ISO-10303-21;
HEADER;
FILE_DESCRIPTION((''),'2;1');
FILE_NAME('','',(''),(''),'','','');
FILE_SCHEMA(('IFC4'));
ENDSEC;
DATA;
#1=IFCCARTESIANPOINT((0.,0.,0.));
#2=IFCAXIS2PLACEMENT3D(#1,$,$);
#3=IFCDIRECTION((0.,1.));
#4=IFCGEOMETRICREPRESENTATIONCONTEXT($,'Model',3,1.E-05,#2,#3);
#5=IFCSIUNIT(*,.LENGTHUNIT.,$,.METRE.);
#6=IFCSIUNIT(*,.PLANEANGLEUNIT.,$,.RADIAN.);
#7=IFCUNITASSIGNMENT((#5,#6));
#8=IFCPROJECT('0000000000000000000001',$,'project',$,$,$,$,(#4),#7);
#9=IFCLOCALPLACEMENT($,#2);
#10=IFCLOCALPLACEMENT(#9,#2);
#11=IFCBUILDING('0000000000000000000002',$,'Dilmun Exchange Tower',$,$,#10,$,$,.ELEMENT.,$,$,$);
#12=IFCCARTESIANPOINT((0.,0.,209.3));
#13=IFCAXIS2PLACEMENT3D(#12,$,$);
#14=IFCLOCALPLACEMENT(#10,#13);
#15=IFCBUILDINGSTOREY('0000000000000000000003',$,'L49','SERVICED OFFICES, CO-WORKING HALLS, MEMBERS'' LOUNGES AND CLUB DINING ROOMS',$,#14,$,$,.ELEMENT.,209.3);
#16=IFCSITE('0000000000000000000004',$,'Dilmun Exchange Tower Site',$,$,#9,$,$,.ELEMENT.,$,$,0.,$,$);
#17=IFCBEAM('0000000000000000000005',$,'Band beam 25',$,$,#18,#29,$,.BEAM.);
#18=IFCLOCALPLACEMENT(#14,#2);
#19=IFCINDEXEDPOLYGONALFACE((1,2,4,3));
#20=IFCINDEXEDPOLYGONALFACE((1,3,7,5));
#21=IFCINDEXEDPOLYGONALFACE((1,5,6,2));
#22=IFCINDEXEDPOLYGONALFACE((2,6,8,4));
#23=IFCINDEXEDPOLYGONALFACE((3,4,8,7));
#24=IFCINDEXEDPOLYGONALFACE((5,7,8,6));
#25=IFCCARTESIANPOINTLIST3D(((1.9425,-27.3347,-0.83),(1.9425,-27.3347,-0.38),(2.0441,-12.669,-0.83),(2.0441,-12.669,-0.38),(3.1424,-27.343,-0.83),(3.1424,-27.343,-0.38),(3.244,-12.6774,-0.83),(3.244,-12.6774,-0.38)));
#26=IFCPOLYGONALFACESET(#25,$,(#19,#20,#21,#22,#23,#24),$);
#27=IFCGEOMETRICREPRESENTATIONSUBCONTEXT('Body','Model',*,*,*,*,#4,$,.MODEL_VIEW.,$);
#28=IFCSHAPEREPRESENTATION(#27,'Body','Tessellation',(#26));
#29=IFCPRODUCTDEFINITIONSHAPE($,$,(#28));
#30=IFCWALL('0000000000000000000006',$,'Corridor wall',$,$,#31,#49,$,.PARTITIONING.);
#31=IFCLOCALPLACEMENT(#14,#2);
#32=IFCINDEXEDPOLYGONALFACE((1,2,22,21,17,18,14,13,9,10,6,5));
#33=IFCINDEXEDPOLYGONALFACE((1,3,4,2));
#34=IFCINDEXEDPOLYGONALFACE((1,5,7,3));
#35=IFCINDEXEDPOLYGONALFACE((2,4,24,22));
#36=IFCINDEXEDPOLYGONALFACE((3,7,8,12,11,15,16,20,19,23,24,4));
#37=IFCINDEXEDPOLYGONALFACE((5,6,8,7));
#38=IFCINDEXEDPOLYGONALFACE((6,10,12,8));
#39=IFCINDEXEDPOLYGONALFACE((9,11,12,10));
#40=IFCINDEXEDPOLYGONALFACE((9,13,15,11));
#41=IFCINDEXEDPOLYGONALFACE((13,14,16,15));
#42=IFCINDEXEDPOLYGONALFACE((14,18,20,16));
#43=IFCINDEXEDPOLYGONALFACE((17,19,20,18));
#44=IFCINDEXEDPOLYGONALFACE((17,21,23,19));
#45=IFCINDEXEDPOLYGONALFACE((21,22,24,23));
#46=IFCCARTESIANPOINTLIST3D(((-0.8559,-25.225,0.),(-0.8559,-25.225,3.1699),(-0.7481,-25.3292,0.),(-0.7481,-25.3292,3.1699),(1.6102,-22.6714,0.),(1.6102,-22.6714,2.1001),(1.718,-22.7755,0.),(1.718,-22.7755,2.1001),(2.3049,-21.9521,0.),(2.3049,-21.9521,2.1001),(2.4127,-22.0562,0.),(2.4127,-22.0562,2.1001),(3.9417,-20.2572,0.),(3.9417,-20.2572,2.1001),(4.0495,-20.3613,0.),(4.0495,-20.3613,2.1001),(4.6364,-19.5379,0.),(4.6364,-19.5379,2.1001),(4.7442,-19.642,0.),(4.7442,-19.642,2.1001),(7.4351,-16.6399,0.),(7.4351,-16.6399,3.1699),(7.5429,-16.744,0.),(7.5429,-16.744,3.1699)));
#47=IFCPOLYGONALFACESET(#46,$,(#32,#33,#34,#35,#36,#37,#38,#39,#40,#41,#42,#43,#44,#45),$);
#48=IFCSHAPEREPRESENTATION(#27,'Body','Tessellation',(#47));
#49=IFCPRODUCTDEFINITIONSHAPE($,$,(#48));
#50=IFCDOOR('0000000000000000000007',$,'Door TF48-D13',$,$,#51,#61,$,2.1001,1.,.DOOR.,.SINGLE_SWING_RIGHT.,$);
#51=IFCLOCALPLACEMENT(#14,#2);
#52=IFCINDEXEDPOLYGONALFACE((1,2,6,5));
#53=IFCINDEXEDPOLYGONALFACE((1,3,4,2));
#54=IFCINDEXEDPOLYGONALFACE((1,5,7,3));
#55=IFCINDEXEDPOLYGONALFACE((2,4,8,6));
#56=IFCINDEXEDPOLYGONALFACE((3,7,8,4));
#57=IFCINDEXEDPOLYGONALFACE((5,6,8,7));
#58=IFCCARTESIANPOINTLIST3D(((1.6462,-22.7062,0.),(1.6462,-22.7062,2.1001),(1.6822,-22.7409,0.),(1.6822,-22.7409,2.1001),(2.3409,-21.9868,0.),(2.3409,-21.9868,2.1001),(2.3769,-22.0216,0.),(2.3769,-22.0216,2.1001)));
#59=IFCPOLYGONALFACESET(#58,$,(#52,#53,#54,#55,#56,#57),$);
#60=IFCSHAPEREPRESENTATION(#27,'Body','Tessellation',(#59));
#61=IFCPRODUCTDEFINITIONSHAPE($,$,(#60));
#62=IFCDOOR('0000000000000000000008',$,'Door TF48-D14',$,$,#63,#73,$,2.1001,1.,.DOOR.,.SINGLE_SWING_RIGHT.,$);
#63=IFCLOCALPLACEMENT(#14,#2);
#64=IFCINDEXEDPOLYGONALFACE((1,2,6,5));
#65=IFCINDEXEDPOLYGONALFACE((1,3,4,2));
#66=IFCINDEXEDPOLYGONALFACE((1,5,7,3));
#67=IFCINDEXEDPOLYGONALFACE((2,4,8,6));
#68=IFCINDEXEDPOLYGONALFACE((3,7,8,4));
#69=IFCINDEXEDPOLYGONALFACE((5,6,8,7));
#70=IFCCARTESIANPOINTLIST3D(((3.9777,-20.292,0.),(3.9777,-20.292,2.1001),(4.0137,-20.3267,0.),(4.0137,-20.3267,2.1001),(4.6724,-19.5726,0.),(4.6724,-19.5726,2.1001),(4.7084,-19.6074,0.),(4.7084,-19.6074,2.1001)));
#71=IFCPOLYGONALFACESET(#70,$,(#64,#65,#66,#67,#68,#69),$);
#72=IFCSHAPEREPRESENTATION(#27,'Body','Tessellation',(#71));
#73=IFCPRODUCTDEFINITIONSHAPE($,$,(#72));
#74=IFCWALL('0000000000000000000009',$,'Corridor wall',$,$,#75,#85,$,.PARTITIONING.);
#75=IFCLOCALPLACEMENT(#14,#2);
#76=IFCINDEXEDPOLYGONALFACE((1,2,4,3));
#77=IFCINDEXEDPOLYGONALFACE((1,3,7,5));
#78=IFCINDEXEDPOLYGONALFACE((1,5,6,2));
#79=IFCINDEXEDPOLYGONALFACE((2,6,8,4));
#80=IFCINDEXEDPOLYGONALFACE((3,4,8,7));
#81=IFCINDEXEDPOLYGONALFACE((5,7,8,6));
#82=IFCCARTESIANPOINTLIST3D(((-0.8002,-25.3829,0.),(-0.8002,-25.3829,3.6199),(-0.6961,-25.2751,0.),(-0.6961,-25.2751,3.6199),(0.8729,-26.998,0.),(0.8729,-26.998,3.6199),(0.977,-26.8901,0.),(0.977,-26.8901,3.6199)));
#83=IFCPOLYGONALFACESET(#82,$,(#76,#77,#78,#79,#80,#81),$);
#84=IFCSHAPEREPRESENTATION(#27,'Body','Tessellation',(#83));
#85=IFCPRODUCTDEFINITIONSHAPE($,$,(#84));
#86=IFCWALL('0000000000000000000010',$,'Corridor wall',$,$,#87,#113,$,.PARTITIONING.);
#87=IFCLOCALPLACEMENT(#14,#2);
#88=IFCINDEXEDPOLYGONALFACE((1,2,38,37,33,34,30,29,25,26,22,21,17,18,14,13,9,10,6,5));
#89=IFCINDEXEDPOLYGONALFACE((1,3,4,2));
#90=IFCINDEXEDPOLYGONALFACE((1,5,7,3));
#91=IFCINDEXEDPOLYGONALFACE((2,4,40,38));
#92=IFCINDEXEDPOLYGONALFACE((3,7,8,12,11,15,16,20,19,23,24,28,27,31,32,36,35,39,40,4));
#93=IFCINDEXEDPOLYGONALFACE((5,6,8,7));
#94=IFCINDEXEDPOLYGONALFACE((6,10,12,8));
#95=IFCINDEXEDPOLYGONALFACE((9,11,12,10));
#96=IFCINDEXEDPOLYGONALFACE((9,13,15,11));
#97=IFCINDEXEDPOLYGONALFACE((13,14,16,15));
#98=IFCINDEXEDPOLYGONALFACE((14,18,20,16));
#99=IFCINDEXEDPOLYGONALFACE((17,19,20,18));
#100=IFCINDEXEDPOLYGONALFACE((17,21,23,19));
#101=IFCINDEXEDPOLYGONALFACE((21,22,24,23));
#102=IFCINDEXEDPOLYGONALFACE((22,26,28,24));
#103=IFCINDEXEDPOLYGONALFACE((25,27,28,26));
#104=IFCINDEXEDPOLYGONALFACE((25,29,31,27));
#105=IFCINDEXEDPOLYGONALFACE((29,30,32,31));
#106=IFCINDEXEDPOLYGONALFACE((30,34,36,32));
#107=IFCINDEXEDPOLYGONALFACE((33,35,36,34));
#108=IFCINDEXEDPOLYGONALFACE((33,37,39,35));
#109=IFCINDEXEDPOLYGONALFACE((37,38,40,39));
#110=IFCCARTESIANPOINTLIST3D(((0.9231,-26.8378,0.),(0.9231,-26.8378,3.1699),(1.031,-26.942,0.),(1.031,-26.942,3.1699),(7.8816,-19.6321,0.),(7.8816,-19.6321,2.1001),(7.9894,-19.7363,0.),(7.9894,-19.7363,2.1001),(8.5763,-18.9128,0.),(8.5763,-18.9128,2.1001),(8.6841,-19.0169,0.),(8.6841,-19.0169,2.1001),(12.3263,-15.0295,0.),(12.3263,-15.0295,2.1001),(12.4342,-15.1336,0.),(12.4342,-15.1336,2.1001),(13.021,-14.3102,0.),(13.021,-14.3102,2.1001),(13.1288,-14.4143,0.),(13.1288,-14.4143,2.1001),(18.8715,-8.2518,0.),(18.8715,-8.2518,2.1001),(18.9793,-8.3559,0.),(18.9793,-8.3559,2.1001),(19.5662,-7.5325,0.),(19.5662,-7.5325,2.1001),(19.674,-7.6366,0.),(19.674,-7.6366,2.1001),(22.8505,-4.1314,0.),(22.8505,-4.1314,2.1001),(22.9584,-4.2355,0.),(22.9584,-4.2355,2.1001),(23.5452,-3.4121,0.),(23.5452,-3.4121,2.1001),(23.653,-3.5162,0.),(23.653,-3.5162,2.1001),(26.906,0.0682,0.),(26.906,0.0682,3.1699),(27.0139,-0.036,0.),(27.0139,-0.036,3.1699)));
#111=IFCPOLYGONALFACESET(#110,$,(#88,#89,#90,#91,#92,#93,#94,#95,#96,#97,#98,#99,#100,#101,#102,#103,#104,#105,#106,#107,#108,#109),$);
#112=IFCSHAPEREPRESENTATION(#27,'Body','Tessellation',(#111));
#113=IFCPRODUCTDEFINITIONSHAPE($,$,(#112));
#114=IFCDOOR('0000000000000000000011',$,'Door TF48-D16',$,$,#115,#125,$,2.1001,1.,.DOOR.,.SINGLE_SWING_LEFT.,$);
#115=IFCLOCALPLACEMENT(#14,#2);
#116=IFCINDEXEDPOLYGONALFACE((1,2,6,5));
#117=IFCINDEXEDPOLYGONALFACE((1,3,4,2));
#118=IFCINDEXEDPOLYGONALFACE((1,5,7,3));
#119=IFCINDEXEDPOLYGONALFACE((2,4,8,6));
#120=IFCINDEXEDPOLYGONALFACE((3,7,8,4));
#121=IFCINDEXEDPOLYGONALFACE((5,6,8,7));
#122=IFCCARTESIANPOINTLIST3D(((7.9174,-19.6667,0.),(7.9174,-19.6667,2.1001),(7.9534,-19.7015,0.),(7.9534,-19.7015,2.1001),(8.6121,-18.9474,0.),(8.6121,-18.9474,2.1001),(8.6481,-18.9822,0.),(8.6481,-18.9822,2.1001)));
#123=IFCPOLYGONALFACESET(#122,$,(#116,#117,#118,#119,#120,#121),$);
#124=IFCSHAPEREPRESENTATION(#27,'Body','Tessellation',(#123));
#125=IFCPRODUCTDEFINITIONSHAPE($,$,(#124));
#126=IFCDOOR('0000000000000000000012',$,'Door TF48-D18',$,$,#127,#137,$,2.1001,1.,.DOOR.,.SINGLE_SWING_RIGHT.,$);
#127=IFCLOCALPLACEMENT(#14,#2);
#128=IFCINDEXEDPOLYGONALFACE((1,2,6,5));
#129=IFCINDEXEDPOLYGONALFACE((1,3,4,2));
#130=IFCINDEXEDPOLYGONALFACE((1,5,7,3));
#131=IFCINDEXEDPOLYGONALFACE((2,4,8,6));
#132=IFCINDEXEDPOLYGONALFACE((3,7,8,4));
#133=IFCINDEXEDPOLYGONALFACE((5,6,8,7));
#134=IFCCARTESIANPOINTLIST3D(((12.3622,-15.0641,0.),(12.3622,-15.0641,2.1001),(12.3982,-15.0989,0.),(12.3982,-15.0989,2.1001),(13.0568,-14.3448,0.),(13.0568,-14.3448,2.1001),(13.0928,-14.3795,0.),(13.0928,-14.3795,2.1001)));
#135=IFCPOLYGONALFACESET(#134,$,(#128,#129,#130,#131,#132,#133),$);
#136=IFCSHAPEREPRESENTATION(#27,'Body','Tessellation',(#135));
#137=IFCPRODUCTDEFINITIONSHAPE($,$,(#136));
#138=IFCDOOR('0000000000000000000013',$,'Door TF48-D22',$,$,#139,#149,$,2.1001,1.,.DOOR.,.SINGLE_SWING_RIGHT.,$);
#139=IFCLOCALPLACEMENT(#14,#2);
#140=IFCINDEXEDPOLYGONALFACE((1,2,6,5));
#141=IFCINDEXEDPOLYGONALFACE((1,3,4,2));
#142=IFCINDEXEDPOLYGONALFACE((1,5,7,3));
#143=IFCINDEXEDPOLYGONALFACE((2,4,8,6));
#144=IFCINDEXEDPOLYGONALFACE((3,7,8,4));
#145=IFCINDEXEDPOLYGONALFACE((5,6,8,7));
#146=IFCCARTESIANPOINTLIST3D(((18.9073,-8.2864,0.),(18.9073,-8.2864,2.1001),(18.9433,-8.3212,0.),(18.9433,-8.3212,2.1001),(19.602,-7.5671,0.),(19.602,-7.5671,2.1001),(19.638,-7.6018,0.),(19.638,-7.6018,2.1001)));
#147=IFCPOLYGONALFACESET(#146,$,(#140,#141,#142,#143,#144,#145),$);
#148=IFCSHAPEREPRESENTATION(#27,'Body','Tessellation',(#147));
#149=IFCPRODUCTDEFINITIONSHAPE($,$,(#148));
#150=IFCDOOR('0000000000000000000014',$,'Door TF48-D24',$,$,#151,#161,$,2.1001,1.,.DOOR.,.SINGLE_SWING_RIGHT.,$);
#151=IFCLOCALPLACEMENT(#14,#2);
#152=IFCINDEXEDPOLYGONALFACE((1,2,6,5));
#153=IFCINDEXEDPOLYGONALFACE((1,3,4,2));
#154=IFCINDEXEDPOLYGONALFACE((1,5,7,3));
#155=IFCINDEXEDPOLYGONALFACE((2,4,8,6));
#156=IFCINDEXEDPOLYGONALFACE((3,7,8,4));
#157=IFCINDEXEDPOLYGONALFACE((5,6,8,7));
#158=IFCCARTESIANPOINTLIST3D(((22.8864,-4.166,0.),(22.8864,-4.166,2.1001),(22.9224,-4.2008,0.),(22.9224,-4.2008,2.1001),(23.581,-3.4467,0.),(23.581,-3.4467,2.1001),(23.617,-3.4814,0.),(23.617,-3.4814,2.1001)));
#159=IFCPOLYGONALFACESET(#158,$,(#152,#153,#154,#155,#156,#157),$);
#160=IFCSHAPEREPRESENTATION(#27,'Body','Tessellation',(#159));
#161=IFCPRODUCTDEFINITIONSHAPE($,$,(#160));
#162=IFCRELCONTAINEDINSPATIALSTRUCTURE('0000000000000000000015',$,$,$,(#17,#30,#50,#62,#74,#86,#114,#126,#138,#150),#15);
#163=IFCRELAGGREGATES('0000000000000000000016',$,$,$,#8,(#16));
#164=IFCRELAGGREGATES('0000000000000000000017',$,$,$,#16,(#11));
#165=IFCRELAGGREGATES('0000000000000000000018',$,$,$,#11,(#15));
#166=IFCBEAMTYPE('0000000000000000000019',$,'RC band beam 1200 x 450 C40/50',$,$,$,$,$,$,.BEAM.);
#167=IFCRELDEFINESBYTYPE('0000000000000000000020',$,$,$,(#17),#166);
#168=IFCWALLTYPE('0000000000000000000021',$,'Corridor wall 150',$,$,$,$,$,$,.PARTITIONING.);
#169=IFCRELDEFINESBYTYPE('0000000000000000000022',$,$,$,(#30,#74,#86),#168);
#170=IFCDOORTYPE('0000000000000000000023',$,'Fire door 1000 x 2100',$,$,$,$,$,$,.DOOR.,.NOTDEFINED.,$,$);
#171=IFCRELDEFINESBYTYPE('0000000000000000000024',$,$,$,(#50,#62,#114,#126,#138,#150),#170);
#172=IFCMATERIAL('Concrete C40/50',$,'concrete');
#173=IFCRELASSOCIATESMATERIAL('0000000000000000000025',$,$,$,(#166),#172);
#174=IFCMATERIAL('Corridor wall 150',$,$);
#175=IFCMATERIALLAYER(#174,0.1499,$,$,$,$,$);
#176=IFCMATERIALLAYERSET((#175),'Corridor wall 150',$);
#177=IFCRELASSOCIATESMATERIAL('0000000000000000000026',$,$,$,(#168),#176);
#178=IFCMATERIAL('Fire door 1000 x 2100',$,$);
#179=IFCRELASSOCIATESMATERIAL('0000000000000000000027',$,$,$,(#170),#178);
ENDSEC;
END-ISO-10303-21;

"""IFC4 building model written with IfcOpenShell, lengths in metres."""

from ifc_helpers import new_model, si_unit, direction, frame, frame_2d, origin, origin_2d, place, context, subcontext, project, spatial, rectangle, extrude, material, layer, layer_set, material_profile, profile_set, type_object, element, fill, save


model = new_model("IFC4")

# Units and contexts
model_context = context("Model", 3, precision=1e-05, world=origin(), true_north=direction((0.0, 1.0)))
body_context = subcontext(model_context, "Body", "Model", "MODEL_VIEW")
ifc_project = project(units=[si_unit("LENGTHUNIT", "METRE"), si_unit("PLANEANGLEUNIT", "RADIAN")], contexts=[model_context])

# Site, building, storey
site_placement = place(None, origin())
site = spatial("IfcSite", under=ifc_project, at=site_placement, Name="Dilmun Exchange Tower Site", CompositionType="ELEMENT", RefElevation=0.0)
building_placement = place(site_placement, origin())
building = spatial("IfcBuilding", under=site, at=building_placement, Name="Dilmun Exchange Tower", CompositionType="ELEMENT")
storey_placement = place(building_placement, frame((0.0, 0.0, 209.3)))
storey = spatial("IfcBuildingStorey", under=building, at=storey_placement, Name="L49", Description="SERVICED OFFICES, CO-WORKING HALLS, MEMBERS' LOUNGES AND CLUB DINING ROOMS", CompositionType="ELEMENT", Elevation=209.3)

# Beam
ifc_material_1 = material(Name="Concrete C40/50", Category="concrete")
ifc_material_profile = material_profile(ifc_material_1, rectangle(XDim=1.2, YDim=0.45, at=origin_2d()), Name="1200 x 450")
ifc_profile_set = profile_set([ifc_material_profile], Name="Concrete C40/50")
beam_type = type_object("IfcBeamType", Name="RC band beam 1200 x 450 C40/50", PredefinedType="BEAM", material=ifc_profile_set)
beam_placement = place(storey_placement, frame((2.5425, -27.3389, -0.605), z_axis=(0.006925, 0.999976, 0.0), x_axis=(-0.999976, 0.006925, 0.0)))
element("IfcBeam", 1, at=beam_placement, inside=storey, type_object=beam_type, Name="Band beam 25", PredefinedType="BEAM", context=body_context, shape_type="SweptSolid", body=[
    extrude(rectangle(XDim=1.2, YDim=0.45, at=origin_2d()), origin(), (0.0, 0.0, 1.0), 14.666),
])

# Wall, openings, doors
ifc_material_2 = material(Name="Corridor wall 150")
ifc_layer = layer(ifc_material_2, 0.1499)
ifc_layer_set = layer_set([ifc_layer], Name="Corridor wall 150")
wall_type = type_object("IfcWallType", Name="Corridor wall 150", PredefinedType="PARTITIONING", material=ifc_layer_set)
wall_1_placement = place(storey_placement, frame((-0.802, -25.2771, 0.0), z_axis=(0.0, 0.0, 1.0), x_axis=(0.694675, 0.719324, 0.0)))
wall_1 = element("IfcWall", 2, at=wall_1_placement, inside=storey, type_object=wall_type, Name="Corridor wall", PredefinedType="PARTITIONING", context=body_context, shape_type="SweptSolid", body=[
    extrude(rectangle(XDim=11.9351, YDim=0.1499, at=frame_2d((5.9675, 0.0))), origin(), (0.0, 0.0, 1.0), 3.1699),
])
opening_1_placement = place(wall_1_placement, frame((3.55, 0.0, 0.0)))
opening_1 = element("IfcOpeningElement", 3, at=opening_1_placement, cuts=wall_1, PredefinedType="OPENING", context=body_context, shape_type="SweptSolid", body=[
    extrude(rectangle(XDim=1.0, YDim=2.1001, at=frame_2d((0.5, 1.05))), frame((0.0, 0.085, 0.0), z_axis=(0.0, -1.0, 0.0), x_axis=(1.0, 0.0, 0.0)), (0.0, 0.0, 1.0), 0.1699),
])
opening_2_placement = place(wall_1_placement, frame((6.9062, 0.0, 0.0)))
opening_2 = element("IfcOpeningElement", 4, at=opening_2_placement, cuts=wall_1, PredefinedType="OPENING", context=body_context, shape_type="SweptSolid", body=[
    extrude(rectangle(XDim=1.0, YDim=2.1001, at=frame_2d((0.5, 1.05))), frame((0.0, 0.085, 0.0), z_axis=(0.0, -1.0, 0.0), x_axis=(1.0, 0.0, 0.0)), (0.0, 0.0, 1.0), 0.1699),
])
ifc_material_3 = material(Name="Fire door 1000 x 2100")
door_type = type_object("IfcDoorType", Name="Fire door 1000 x 2100", OperationType="NOTDEFINED", PredefinedType="DOOR", material=ifc_material_3)
door_1_placement = place(opening_1_placement, origin())
door_1 = element("IfcDoor", 5, at=door_1_placement, inside=storey, type_object=door_type, Name="Door TF48-D13", OperationType="SINGLE_SWING_RIGHT", OverallHeight=2.1001, OverallWidth=1.0, PredefinedType="DOOR", context=body_context, shape_type="SweptSolid", body=[
    extrude(rectangle(XDim=1.0, YDim=2.1001, at=frame_2d((0.5, 1.05))), frame((0.0, 0.0249, 0.0), z_axis=(0.0, -1.0, 0.0), x_axis=(1.0, 0.0, 0.0)), (0.0, 0.0, 1.0), 0.05),
])
fill(opening_1, door_1)
door_2_placement = place(opening_2_placement, origin())
door_2 = element("IfcDoor", 6, at=door_2_placement, inside=storey, type_object=door_type, Name="Door TF48-D14", OperationType="SINGLE_SWING_RIGHT", OverallHeight=2.1001, OverallWidth=1.0, PredefinedType="DOOR", context=body_context, shape_type="SweptSolid", body=[
    extrude(rectangle(XDim=1.0, YDim=2.1001, at=frame_2d((0.5, 1.05))), frame((0.0, 0.0249, 0.0), z_axis=(0.0, -1.0, 0.0), x_axis=(1.0, 0.0, 0.0)), (0.0, 0.0, 1.0), 0.05),
])
fill(opening_2, door_2)

# Wall
wall_2_placement = place(storey_placement, frame((-0.748, -25.3291, 0.0), z_axis=(0.0, 0.0, 1.0), x_axis=(0.71949, -0.694503, 0.0)))
element("IfcWall", 7, at=wall_2_placement, inside=storey, type_object=wall_type, Name="Corridor wall", PredefinedType="PARTITIONING", context=body_context, shape_type="SweptSolid", body=[
    extrude(rectangle(XDim=2.3254, YDim=0.1499, at=frame_2d((1.1626, 0.0))), origin(), (0.0, 0.0, 1.0), 3.6199),
])

# Wall, openings, doors
wall_3_placement = place(storey_placement, frame((0.9771, -26.8899, 0.0), z_axis=(0.0, 0.0, 1.0), x_axis=(0.69466, 0.719339, 0.0)))
wall_3 = element("IfcWall", 8, at=wall_3_placement, inside=storey, type_object=wall_type, Name="Corridor wall", PredefinedType="PARTITIONING", context=body_context, shape_type="SweptSolid", body=[
    extrude(rectangle(XDim=37.4038, YDim=0.1499, at=frame_2d((18.7019, 0.0))), origin(), (0.0, 0.0, 1.0), 3.1699),
])
opening_3_placement = place(wall_3_placement, frame((10.0171, 0.0, 0.0)))
opening_3 = element("IfcOpeningElement", 9, at=opening_3_placement, cuts=wall_3, PredefinedType="OPENING", context=body_context, shape_type="SweptSolid", body=[
    extrude(rectangle(XDim=1.0, YDim=2.1001, at=frame_2d((0.5, 1.05))), frame((0.0, 0.085, 0.0), z_axis=(0.0, -1.0, 0.0), x_axis=(1.0, 0.0, 0.0)), (0.0, 0.0, 1.0), 0.1699),
])
opening_4_placement = place(wall_3_placement, frame((16.4155, 0.0, 0.0)))
opening_4 = element("IfcOpeningElement", 10, at=opening_4_placement, cuts=wall_3, PredefinedType="OPENING", context=body_context, shape_type="SweptSolid", body=[
    extrude(rectangle(XDim=1.0, YDim=2.1001, at=frame_2d((0.5, 1.05))), frame((0.0, 0.085, 0.0), z_axis=(0.0, -1.0, 0.0), x_axis=(1.0, 0.0, 0.0)), (0.0, 0.0, 1.0), 0.1699),
])
opening_5_placement = place(wall_3_placement, frame((25.8376, 0.0, 0.0)))
opening_5 = element("IfcOpeningElement", 11, at=opening_5_placement, cuts=wall_3, PredefinedType="OPENING", context=body_context, shape_type="SweptSolid", body=[
    extrude(rectangle(XDim=1.0, YDim=2.1001, at=frame_2d((0.5, 1.05))), frame((0.0, 0.085, 0.0), z_axis=(0.0, -1.0, 0.0), x_axis=(1.0, 0.0, 0.0)), (0.0, 0.0, 1.0), 0.1699),
])
opening_6_placement = place(wall_3_placement, frame((31.5657, 0.0, 0.0)))
opening_6 = element("IfcOpeningElement", 12, at=opening_6_placement, cuts=wall_3, PredefinedType="OPENING", context=body_context, shape_type="SweptSolid", body=[
    extrude(rectangle(XDim=1.0, YDim=2.1001, at=frame_2d((0.5, 1.05))), frame((0.0, 0.085, 0.0), z_axis=(0.0, -1.0, 0.0), x_axis=(1.0, 0.0, 0.0)), (0.0, 0.0, 1.0), 0.1699),
])
door_3_placement = place(opening_3_placement, frame((1.0, 0.0, 0.0), z_axis=(0.0, 0.0, 1.0), x_axis=(-1.0, 0.0, 0.0)))
door_3 = element("IfcDoor", 13, at=door_3_placement, inside=storey, type_object=door_type, Name="Door TF48-D16", OperationType="SINGLE_SWING_LEFT", OverallHeight=2.1001, OverallWidth=1.0, PredefinedType="DOOR", context=body_context, shape_type="SweptSolid", body=[
    extrude(rectangle(XDim=1.0, YDim=2.1001, at=frame_2d((0.5, 1.05))), frame((0.0, 0.0249, 0.0), z_axis=(0.0, -1.0, 0.0), x_axis=(1.0, 0.0, 0.0)), (0.0, 0.0, 1.0), 0.05),
])
fill(opening_3, door_3)
door_4_placement = place(opening_4_placement, frame((1.0, 0.0, 0.0), z_axis=(0.0, 0.0, 1.0), x_axis=(-1.0, 0.0, 0.0)))
door_4 = element("IfcDoor", 14, at=door_4_placement, inside=storey, type_object=door_type, Name="Door TF48-D18", OperationType="SINGLE_SWING_RIGHT", OverallHeight=2.1001, OverallWidth=1.0, PredefinedType="DOOR", context=body_context, shape_type="SweptSolid", body=[
    extrude(rectangle(XDim=1.0, YDim=2.1001, at=frame_2d((0.5, 1.05))), frame((0.0, 0.0249, 0.0), z_axis=(0.0, -1.0, 0.0), x_axis=(1.0, 0.0, 0.0)), (0.0, 0.0, 1.0), 0.05),
])
fill(opening_4, door_4)
door_5_placement = place(opening_5_placement, frame((1.0, 0.0, 0.0), z_axis=(0.0, 0.0, 1.0), x_axis=(-1.0, 0.0, 0.0)))
door_5 = element("IfcDoor", 15, at=door_5_placement, inside=storey, type_object=door_type, Name="Door TF48-D22", OperationType="SINGLE_SWING_RIGHT", OverallHeight=2.1001, OverallWidth=1.0, PredefinedType="DOOR", context=body_context, shape_type="SweptSolid", body=[
    extrude(rectangle(XDim=1.0, YDim=2.1001, at=frame_2d((0.5, 1.05))), frame((0.0, 0.0249, 0.0), z_axis=(0.0, -1.0, 0.0), x_axis=(1.0, 0.0, 0.0)), (0.0, 0.0, 1.0), 0.05),
])
fill(opening_5, door_5)
door_6_placement = place(opening_6_placement, frame((1.0, 0.0, 0.0), z_axis=(0.0, 0.0, 1.0), x_axis=(-1.0, 0.0, 0.0)))
door_6 = element("IfcDoor", 16, at=door_6_placement, inside=storey, type_object=door_type, Name="Door TF48-D24", OperationType="SINGLE_SWING_RIGHT", OverallHeight=2.1001, OverallWidth=1.0, PredefinedType="DOOR", context=body_context, shape_type="SweptSolid", body=[
    extrude(rectangle(XDim=1.0, YDim=2.1001, at=frame_2d((0.5, 1.05))), frame((0.0, 0.0249, 0.0), z_axis=(0.0, -1.0, 0.0), x_axis=(1.0, 0.0, 0.0)), (0.0, 0.0, 1.0), 0.05),
])
fill(opening_6, door_6)

save(model, "model.ifc")
